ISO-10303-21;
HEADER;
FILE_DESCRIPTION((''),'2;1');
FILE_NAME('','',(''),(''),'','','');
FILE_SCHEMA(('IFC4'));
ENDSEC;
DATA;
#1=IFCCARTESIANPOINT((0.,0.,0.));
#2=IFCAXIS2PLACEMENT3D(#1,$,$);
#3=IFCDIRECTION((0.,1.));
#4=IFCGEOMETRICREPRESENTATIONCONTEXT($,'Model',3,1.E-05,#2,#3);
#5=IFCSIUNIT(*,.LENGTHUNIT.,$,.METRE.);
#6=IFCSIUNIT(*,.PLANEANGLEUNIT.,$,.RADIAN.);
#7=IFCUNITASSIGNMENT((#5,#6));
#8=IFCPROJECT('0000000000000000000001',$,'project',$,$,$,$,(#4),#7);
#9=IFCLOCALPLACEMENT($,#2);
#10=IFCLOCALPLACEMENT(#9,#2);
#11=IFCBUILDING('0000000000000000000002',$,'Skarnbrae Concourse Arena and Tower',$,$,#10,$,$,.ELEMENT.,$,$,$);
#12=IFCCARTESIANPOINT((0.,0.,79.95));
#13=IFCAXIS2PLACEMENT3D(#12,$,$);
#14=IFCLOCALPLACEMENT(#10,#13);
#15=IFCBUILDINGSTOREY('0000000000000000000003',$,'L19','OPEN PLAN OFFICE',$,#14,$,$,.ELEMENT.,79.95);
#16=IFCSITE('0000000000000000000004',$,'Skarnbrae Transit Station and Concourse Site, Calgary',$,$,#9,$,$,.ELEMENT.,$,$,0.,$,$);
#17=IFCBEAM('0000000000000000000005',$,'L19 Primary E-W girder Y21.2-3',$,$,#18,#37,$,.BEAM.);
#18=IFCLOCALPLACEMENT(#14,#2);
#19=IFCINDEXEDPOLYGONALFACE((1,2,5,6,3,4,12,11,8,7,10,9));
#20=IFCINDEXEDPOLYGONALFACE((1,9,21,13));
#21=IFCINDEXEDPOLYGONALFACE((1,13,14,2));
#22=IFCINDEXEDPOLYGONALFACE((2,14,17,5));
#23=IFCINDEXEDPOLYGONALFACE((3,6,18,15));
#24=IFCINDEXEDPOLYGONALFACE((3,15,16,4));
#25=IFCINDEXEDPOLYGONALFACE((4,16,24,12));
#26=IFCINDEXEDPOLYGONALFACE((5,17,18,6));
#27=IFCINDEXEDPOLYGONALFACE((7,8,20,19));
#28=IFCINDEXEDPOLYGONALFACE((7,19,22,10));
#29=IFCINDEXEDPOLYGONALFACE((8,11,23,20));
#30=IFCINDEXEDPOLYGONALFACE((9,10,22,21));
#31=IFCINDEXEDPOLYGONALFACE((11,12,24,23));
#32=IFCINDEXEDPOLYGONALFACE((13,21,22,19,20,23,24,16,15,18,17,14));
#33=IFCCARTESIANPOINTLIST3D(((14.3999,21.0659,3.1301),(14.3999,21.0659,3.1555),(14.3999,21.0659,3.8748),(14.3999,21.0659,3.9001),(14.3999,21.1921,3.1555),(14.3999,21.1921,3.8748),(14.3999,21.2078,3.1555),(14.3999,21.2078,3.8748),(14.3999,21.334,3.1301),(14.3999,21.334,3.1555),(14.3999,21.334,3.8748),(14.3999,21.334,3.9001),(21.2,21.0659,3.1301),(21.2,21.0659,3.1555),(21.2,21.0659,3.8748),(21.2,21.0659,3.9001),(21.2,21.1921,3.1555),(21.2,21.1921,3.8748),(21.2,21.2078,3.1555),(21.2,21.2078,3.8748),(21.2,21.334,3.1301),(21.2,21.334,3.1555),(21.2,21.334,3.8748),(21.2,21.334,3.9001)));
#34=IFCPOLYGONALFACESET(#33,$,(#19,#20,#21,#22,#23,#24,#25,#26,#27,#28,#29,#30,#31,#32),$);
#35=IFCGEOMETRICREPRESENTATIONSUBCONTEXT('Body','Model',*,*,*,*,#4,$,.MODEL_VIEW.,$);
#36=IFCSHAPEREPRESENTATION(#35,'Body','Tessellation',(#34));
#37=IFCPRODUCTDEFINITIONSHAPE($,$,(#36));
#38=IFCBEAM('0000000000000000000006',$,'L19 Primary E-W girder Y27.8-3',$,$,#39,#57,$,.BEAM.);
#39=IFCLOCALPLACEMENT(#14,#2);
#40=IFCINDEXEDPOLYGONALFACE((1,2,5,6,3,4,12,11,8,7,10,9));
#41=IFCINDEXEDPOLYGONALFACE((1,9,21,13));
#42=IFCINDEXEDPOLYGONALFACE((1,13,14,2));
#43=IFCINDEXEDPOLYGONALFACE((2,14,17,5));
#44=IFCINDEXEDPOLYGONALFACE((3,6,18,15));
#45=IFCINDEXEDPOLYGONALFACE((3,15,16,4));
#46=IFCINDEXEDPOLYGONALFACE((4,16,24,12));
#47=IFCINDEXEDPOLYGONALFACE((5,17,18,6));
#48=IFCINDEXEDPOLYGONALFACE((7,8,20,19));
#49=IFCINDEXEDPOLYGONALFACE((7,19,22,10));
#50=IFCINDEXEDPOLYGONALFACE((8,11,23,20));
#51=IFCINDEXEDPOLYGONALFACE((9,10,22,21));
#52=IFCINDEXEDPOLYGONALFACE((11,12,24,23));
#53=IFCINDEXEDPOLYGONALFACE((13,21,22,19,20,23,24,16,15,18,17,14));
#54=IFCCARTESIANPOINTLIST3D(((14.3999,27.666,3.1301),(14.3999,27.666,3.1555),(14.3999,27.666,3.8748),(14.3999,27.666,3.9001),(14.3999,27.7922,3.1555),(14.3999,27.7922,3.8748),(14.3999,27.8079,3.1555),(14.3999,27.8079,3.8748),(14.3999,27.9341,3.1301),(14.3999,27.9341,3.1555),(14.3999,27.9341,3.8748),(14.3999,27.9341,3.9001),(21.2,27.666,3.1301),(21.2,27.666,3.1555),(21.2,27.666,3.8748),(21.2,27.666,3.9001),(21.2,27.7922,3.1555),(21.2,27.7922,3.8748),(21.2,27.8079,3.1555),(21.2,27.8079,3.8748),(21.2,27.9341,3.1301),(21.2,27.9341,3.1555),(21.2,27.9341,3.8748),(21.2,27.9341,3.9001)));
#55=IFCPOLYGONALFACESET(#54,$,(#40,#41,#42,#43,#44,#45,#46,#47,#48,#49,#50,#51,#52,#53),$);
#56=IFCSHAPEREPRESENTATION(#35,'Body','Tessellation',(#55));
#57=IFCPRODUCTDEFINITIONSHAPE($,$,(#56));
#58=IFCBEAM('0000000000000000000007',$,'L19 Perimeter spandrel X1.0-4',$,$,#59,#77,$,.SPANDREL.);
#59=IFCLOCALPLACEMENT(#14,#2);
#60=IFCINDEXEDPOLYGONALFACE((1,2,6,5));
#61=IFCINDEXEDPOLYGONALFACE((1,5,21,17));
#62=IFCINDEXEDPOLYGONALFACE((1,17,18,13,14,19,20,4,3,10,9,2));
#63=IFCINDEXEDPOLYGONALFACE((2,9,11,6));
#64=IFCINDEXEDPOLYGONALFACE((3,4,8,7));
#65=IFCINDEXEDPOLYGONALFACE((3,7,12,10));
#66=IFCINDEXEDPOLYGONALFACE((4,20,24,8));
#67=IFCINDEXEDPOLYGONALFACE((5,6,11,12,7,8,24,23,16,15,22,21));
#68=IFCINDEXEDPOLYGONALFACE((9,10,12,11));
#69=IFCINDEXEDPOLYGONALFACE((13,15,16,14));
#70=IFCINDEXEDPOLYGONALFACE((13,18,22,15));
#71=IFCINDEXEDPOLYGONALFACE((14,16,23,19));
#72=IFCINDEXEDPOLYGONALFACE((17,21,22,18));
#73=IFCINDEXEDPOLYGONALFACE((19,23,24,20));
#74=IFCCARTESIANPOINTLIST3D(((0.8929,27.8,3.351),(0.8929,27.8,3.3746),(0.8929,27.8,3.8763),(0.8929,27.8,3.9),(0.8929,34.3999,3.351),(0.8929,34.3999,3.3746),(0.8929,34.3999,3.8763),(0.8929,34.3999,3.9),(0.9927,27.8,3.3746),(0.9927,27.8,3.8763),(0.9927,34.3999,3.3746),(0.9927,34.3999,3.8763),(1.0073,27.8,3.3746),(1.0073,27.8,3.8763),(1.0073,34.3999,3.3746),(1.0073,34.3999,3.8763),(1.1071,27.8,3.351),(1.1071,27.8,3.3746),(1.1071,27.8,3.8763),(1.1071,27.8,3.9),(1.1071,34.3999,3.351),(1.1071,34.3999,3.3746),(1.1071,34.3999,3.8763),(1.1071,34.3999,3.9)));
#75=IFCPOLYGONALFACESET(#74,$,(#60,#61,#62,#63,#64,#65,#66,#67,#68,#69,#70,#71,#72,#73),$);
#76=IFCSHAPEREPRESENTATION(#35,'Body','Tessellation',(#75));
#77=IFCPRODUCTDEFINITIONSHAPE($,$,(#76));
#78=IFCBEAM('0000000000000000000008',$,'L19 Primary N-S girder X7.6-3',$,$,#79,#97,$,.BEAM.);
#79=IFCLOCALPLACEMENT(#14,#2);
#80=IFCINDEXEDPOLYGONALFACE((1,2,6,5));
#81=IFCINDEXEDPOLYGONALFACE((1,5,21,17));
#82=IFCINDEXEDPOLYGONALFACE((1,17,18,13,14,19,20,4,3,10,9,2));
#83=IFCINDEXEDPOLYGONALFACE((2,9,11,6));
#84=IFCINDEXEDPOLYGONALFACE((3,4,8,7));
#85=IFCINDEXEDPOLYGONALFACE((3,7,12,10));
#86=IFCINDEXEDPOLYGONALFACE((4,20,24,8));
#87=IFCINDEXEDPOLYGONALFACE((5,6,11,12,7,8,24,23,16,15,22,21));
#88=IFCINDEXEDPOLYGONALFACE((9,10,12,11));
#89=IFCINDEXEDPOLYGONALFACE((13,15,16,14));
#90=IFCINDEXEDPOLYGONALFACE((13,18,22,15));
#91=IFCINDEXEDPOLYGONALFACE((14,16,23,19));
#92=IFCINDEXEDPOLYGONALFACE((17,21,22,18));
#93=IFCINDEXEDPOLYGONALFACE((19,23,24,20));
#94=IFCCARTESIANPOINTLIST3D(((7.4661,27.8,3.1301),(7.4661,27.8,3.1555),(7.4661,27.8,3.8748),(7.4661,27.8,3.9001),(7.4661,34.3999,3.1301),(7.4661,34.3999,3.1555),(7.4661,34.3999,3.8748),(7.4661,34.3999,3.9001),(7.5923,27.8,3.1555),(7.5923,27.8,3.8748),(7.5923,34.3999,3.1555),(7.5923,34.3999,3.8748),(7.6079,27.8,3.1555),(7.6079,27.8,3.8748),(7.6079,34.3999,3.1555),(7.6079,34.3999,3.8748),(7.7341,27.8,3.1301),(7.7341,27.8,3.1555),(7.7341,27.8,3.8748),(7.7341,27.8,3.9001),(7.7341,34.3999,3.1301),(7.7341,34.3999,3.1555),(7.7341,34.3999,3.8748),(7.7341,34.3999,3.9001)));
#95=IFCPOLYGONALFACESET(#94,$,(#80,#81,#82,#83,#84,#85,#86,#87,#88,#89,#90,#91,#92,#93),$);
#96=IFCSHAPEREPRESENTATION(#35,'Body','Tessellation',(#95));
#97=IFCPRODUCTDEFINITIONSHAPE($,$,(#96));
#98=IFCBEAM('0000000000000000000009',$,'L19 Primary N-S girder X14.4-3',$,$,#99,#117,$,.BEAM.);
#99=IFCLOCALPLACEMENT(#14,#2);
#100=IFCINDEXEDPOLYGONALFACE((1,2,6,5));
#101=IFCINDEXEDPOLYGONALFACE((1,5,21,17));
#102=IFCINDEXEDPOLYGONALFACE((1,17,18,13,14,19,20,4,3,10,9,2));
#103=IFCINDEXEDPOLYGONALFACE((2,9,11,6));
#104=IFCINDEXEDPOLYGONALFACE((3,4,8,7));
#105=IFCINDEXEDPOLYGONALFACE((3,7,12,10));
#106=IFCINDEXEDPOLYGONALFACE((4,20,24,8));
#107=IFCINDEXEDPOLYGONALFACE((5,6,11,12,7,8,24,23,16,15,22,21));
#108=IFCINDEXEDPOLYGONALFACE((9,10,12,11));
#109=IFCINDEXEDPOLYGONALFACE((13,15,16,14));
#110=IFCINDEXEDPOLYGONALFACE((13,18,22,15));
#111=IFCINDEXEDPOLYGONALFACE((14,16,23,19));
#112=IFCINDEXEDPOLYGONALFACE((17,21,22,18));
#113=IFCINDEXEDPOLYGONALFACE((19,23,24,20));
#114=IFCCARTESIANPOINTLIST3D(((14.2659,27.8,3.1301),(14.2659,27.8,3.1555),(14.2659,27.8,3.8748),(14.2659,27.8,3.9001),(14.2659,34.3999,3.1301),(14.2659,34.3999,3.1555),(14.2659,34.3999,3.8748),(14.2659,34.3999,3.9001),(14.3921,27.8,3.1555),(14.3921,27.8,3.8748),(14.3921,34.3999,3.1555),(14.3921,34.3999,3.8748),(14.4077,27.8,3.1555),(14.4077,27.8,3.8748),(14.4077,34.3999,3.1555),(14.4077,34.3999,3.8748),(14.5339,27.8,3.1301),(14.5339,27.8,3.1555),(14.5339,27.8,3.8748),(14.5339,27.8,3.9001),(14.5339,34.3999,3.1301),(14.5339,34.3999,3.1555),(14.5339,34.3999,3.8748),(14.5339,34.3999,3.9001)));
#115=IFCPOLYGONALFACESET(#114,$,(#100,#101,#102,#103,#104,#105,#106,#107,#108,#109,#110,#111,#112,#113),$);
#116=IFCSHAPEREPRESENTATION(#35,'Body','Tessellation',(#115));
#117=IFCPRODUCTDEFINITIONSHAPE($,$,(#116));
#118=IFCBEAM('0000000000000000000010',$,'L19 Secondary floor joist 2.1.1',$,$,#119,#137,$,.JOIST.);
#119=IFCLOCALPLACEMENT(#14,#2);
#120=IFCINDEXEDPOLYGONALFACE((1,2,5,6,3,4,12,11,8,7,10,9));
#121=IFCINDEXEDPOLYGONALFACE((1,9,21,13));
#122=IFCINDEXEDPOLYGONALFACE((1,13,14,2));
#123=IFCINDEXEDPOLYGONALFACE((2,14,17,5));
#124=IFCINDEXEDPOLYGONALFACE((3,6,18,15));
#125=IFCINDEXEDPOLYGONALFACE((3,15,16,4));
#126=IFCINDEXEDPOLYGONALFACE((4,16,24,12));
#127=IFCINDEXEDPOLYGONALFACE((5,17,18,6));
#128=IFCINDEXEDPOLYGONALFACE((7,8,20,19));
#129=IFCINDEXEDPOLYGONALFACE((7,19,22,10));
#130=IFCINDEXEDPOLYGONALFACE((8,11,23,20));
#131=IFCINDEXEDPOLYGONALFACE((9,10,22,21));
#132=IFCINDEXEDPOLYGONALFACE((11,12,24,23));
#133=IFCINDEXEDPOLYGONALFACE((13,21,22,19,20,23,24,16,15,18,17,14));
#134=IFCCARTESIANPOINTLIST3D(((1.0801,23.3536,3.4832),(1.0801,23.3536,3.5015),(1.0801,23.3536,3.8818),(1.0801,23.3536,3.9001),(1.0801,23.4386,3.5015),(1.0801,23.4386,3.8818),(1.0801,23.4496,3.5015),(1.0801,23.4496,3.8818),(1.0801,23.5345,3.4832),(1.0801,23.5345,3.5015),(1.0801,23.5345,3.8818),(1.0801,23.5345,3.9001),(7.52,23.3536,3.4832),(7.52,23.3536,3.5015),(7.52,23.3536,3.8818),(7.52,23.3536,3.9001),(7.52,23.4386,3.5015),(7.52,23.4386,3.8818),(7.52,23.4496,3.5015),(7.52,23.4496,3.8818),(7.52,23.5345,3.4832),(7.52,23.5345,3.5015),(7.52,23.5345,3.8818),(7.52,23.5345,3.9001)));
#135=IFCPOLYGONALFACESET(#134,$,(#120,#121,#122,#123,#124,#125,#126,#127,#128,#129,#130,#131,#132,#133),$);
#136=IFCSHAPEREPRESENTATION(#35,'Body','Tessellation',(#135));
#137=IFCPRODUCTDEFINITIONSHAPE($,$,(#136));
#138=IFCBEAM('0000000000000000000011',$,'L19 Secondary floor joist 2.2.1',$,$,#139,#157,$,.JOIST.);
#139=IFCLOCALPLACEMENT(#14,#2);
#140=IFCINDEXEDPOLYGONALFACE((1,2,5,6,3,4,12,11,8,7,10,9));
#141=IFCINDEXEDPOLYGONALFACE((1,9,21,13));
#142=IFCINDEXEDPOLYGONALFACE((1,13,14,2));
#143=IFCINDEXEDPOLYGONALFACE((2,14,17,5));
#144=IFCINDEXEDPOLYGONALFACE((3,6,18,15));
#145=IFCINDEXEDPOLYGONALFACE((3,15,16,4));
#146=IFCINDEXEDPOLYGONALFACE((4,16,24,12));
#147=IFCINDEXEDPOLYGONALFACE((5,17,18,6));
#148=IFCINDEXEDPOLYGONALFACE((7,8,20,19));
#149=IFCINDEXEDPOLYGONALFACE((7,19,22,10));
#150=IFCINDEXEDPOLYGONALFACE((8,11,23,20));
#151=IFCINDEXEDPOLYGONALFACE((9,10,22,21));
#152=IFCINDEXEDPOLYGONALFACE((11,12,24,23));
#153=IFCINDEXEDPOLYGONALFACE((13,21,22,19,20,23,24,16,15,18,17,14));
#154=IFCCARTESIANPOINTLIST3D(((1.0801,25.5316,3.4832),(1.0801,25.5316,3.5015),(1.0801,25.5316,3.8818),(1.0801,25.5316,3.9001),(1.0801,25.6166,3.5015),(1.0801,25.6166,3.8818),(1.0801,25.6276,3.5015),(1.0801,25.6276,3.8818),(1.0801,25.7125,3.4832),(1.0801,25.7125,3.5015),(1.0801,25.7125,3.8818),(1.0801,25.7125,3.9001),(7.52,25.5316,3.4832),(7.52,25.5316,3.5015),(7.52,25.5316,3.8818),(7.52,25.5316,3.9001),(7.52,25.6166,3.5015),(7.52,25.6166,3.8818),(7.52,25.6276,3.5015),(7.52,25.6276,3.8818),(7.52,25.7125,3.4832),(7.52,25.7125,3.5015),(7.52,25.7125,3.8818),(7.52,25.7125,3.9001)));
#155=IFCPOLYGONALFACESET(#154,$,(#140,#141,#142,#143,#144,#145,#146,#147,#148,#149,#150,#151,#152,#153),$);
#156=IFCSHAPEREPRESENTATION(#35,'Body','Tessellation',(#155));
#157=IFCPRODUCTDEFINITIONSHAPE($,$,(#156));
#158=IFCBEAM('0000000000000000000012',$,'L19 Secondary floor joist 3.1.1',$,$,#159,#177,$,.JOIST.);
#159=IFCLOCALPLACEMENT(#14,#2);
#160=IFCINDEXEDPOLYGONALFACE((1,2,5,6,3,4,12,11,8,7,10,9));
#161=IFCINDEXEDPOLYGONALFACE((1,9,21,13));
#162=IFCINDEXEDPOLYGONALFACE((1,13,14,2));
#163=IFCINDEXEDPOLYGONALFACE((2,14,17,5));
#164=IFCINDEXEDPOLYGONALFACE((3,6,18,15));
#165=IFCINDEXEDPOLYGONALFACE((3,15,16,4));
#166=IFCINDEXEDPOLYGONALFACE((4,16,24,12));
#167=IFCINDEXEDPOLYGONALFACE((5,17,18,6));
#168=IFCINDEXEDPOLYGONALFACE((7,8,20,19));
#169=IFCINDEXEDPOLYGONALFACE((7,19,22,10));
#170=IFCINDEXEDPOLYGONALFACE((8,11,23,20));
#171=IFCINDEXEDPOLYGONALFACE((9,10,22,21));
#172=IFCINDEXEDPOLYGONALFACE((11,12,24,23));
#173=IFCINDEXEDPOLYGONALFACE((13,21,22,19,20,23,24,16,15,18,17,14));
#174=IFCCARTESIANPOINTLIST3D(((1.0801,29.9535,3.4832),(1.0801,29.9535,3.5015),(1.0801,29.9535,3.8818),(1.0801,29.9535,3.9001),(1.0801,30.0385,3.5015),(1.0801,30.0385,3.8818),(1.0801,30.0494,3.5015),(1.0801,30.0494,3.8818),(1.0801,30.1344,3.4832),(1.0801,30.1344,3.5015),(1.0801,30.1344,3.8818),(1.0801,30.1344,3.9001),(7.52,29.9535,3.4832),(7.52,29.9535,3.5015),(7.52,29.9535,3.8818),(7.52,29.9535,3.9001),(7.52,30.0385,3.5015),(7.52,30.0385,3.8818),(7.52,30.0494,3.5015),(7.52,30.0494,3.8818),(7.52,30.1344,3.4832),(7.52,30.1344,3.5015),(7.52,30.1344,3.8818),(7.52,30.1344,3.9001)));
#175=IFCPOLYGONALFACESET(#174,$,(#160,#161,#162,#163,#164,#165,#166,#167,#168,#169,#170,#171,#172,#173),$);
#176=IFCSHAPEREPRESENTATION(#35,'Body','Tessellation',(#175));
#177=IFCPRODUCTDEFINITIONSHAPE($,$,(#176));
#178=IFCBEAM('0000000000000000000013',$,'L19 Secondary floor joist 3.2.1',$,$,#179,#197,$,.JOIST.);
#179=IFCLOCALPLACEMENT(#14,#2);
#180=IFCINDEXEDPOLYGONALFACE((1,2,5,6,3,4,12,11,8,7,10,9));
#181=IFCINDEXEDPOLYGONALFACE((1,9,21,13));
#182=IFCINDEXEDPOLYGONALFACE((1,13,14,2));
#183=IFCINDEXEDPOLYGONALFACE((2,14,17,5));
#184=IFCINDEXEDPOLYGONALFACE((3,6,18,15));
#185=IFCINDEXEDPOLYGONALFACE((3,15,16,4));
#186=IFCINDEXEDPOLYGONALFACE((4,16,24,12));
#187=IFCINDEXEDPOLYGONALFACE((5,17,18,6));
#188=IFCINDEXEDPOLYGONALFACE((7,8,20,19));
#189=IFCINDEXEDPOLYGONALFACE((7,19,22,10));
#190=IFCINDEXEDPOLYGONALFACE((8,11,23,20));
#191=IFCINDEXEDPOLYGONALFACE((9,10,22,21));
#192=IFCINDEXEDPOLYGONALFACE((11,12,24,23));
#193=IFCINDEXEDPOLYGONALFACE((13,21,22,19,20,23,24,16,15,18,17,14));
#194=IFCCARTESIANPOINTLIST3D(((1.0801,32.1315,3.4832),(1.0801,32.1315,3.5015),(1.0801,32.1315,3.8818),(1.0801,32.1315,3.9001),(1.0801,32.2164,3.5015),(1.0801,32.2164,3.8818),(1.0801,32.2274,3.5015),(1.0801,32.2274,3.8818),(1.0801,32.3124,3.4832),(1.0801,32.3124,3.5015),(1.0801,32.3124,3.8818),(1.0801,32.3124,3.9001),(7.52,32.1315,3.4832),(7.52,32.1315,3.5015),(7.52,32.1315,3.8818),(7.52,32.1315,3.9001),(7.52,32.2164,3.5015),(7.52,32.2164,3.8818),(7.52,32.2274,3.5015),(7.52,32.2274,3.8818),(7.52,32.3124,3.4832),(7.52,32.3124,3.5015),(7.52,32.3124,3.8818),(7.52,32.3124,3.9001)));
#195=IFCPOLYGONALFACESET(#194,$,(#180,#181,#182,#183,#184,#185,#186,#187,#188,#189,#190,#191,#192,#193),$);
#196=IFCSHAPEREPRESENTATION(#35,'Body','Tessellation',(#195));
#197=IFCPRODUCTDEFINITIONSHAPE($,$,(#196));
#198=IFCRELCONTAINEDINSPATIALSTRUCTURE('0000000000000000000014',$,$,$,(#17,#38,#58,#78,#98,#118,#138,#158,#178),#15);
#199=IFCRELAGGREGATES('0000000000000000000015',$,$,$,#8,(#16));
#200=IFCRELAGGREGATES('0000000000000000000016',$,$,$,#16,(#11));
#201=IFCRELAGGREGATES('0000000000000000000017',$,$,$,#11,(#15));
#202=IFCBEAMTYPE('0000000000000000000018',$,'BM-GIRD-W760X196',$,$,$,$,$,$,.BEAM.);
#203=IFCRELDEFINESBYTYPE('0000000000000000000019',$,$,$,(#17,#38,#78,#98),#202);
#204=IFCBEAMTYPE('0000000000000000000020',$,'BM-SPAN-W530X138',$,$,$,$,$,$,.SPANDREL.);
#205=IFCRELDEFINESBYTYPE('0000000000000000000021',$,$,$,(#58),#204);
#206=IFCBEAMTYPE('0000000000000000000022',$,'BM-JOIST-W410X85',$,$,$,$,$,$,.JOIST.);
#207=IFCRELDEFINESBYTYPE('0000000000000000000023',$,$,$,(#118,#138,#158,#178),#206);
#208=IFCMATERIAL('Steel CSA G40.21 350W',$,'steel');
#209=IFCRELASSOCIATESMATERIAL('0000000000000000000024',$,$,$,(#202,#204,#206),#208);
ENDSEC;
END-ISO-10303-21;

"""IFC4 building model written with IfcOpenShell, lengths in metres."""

from ifc_helpers import new_model, si_unit, direction, frame, origin, origin_2d, place, context, subcontext, project, spatial, i_section, extrude, source, transform, mapped, material, material_profile, profile_set, type_object, element, save


model = new_model("IFC4")

# Units and contexts
model_context = context("Model", 3, precision=1e-05, world=origin(), true_north=direction((0.0, 1.0)))
body_context = subcontext(model_context, "Body", "Model", "MODEL_VIEW")
ifc_project = project(units=[si_unit("LENGTHUNIT", "METRE"), si_unit("PLANEANGLEUNIT", "RADIAN")], contexts=[model_context])

# Site, building, storey
site_placement = place(None, origin())
site = spatial("IfcSite", under=ifc_project, at=site_placement, Name="Skarnbrae Transit Station and Concourse Site, Calgary", CompositionType="ELEMENT", RefElevation=0.0)
building_placement = place(site_placement, origin())
building = spatial("IfcBuilding", under=site, at=building_placement, Name="Skarnbrae Concourse Arena and Tower", CompositionType="ELEMENT")
storey_placement = place(building_placement, frame((0.0, 0.0, 79.95)))
storey = spatial("IfcBuildingStorey", under=building, at=storey_placement, Name="L19", Description="OPEN PLAN OFFICE", CompositionType="ELEMENT", Elevation=79.95)

# Shared definitions
ifc_material_1 = material(Name="Steel CSA G40.21 350W", Category="steel")

# Beams
ifc_material_profile_1 = material_profile(ifc_material_1, i_section(OverallWidth=0.2681, OverallDepth=0.77, WebThickness=0.0156, FlangeThickness=0.0254, at=origin_2d()), Name="W760X196")
ifc_profile_set_1 = profile_set([ifc_material_profile_1], Name="Steel CSA G40.21 350W")
beam_type_1 = type_object("IfcBeamType", Name="BM-GIRD-W760X196", PredefinedType="BEAM", material=ifc_profile_set_1)
shared_shape_1 = source(origin(), body_context, "Body", "SweptSolid", [
    extrude(i_section(OverallWidth=0.2681, OverallDepth=0.77, WebThickness=0.0156, FlangeThickness=0.0254, at=origin_2d()), origin(), (0.0, 0.0, 1.0), 6.8),
])
for number, where, z_axis, x_axis, name in (
    (1, (14.3999, 21.2, 3.5151), (1.0, 0.0, 0.0), (0.0, 1.0, 0.0), "L19 Primary E-W girder Y21.2-3"),
    (2, (14.3999, 27.8, 3.5151), (1.0, 0.0, 0.0), (0.0, 1.0, 0.0), "L19 Primary E-W girder Y27.8-3"),
):
    element("IfcBeam", number, at=place(storey_placement, frame(where, z_axis=z_axis, x_axis=x_axis)), inside=storey, type_object=beam_type_1, Name=name, PredefinedType="BEAM", context=body_context, shape_type="MappedRepresentation", body=[
        mapped(shared_shape_1, transform((0.0, 0.0, 0.0))),
    ])
ifc_material_profile_2 = material_profile(ifc_material_1, i_section(OverallWidth=0.2141, OverallDepth=0.5491, WebThickness=0.0146, FlangeThickness=0.0237, at=origin_2d()), Name="W530X138")
ifc_profile_set_2 = profile_set([ifc_material_profile_2], Name="Steel CSA G40.21 350W")
beam_type_2 = type_object("IfcBeamType", Name="BM-SPAN-W530X138", PredefinedType="SPANDREL", material=ifc_profile_set_2)
shared_shape_2 = source(origin(), body_context, "Body", "SweptSolid", [
    extrude(i_section(OverallWidth=0.2141, OverallDepth=0.5491, WebThickness=0.0146, FlangeThickness=0.0237, at=origin_2d()), origin(), (0.0, 0.0, 1.0), 6.5999),
])
beam_1_placement = place(storey_placement, frame((1.0, 27.8, 3.6255), z_axis=(0.0, 1.0, 0.0), x_axis=(-1.0, 0.0, 0.0)))
element("IfcBeam", 3, at=beam_1_placement, inside=storey, type_object=beam_type_2, Name="L19 Perimeter spandrel X1.0-4", PredefinedType="SPANDREL", context=body_context, shape_type="MappedRepresentation", body=[
    mapped(shared_shape_2, transform((0.0, 0.0, 0.0))),
])
shared_shape_3 = source(origin(), body_context, "Body", "SweptSolid", [
    extrude(i_section(OverallWidth=0.2681, OverallDepth=0.77, WebThickness=0.0156, FlangeThickness=0.0254, at=origin_2d()), origin(), (0.0, 0.0, 1.0), 6.5999),
])
for number, where, z_axis, x_axis, name in (
    (4, (7.6001, 27.8, 3.5151), (0.0, 1.0, 0.0), (-1.0, 0.0, 0.0), "L19 Primary N-S girder X7.6-3"),
    (5, (14.3999, 27.8, 3.5151), (0.0, 1.0, 0.0), (-1.0, 0.0, 0.0), "L19 Primary N-S girder X14.4-3"),
):
    element("IfcBeam", number, at=place(storey_placement, frame(where, z_axis=z_axis, x_axis=x_axis)), inside=storey, type_object=beam_type_1, Name=name, PredefinedType="BEAM", context=body_context, shape_type="MappedRepresentation", body=[
        mapped(shared_shape_3, transform((0.0, 0.0, 0.0))),
    ])
ifc_material_profile_3 = material_profile(ifc_material_1, i_section(OverallWidth=0.1809, OverallDepth=0.417, WebThickness=0.011, FlangeThickness=0.0183, at=origin_2d()), Name="W410X85")
ifc_profile_set_3 = profile_set([ifc_material_profile_3], Name="Steel CSA G40.21 350W")
beam_type_3 = type_object("IfcBeamType", Name="BM-JOIST-W410X85", PredefinedType="JOIST", material=ifc_profile_set_3)
shared_shape_4 = source(origin(), body_context, "Body", "SweptSolid", [
    extrude(i_section(OverallWidth=0.1809, OverallDepth=0.417, WebThickness=0.011, FlangeThickness=0.0183, at=origin_2d()), origin(), (0.0, 0.0, 1.0), 6.4399),
])
for number, where, z_axis, x_axis, name in (
    (6, (1.0801, 23.4441, 3.6917), (1.0, 0.0, 0.0), (0.0, 1.0, 0.0), "L19 Secondary floor joist 2.1.1"),
    (7, (1.0801, 25.6221, 3.6917), (1.0, 0.0, 0.0), (0.0, 1.0, 0.0), "L19 Secondary floor joist 2.2.1"),
    (8, (1.0801, 30.0439, 3.6917), (1.0, 0.0, 0.0), (0.0, 1.0, 0.0), "L19 Secondary floor joist 3.1.1"),
    (9, (1.0801, 32.2219, 3.6917), (1.0, 0.0, 0.0), (0.0, 1.0, 0.0), "L19 Secondary floor joist 3.2.1"),
):
    element("IfcBeam", number, at=place(storey_placement, frame(where, z_axis=z_axis, x_axis=x_axis)), inside=storey, type_object=beam_type_3, Name=name, PredefinedType="JOIST", context=body_context, shape_type="MappedRepresentation", body=[
        mapped(shared_shape_4, transform((0.0, 0.0, 0.0))),
    ])

save(model, "model.ifc")
